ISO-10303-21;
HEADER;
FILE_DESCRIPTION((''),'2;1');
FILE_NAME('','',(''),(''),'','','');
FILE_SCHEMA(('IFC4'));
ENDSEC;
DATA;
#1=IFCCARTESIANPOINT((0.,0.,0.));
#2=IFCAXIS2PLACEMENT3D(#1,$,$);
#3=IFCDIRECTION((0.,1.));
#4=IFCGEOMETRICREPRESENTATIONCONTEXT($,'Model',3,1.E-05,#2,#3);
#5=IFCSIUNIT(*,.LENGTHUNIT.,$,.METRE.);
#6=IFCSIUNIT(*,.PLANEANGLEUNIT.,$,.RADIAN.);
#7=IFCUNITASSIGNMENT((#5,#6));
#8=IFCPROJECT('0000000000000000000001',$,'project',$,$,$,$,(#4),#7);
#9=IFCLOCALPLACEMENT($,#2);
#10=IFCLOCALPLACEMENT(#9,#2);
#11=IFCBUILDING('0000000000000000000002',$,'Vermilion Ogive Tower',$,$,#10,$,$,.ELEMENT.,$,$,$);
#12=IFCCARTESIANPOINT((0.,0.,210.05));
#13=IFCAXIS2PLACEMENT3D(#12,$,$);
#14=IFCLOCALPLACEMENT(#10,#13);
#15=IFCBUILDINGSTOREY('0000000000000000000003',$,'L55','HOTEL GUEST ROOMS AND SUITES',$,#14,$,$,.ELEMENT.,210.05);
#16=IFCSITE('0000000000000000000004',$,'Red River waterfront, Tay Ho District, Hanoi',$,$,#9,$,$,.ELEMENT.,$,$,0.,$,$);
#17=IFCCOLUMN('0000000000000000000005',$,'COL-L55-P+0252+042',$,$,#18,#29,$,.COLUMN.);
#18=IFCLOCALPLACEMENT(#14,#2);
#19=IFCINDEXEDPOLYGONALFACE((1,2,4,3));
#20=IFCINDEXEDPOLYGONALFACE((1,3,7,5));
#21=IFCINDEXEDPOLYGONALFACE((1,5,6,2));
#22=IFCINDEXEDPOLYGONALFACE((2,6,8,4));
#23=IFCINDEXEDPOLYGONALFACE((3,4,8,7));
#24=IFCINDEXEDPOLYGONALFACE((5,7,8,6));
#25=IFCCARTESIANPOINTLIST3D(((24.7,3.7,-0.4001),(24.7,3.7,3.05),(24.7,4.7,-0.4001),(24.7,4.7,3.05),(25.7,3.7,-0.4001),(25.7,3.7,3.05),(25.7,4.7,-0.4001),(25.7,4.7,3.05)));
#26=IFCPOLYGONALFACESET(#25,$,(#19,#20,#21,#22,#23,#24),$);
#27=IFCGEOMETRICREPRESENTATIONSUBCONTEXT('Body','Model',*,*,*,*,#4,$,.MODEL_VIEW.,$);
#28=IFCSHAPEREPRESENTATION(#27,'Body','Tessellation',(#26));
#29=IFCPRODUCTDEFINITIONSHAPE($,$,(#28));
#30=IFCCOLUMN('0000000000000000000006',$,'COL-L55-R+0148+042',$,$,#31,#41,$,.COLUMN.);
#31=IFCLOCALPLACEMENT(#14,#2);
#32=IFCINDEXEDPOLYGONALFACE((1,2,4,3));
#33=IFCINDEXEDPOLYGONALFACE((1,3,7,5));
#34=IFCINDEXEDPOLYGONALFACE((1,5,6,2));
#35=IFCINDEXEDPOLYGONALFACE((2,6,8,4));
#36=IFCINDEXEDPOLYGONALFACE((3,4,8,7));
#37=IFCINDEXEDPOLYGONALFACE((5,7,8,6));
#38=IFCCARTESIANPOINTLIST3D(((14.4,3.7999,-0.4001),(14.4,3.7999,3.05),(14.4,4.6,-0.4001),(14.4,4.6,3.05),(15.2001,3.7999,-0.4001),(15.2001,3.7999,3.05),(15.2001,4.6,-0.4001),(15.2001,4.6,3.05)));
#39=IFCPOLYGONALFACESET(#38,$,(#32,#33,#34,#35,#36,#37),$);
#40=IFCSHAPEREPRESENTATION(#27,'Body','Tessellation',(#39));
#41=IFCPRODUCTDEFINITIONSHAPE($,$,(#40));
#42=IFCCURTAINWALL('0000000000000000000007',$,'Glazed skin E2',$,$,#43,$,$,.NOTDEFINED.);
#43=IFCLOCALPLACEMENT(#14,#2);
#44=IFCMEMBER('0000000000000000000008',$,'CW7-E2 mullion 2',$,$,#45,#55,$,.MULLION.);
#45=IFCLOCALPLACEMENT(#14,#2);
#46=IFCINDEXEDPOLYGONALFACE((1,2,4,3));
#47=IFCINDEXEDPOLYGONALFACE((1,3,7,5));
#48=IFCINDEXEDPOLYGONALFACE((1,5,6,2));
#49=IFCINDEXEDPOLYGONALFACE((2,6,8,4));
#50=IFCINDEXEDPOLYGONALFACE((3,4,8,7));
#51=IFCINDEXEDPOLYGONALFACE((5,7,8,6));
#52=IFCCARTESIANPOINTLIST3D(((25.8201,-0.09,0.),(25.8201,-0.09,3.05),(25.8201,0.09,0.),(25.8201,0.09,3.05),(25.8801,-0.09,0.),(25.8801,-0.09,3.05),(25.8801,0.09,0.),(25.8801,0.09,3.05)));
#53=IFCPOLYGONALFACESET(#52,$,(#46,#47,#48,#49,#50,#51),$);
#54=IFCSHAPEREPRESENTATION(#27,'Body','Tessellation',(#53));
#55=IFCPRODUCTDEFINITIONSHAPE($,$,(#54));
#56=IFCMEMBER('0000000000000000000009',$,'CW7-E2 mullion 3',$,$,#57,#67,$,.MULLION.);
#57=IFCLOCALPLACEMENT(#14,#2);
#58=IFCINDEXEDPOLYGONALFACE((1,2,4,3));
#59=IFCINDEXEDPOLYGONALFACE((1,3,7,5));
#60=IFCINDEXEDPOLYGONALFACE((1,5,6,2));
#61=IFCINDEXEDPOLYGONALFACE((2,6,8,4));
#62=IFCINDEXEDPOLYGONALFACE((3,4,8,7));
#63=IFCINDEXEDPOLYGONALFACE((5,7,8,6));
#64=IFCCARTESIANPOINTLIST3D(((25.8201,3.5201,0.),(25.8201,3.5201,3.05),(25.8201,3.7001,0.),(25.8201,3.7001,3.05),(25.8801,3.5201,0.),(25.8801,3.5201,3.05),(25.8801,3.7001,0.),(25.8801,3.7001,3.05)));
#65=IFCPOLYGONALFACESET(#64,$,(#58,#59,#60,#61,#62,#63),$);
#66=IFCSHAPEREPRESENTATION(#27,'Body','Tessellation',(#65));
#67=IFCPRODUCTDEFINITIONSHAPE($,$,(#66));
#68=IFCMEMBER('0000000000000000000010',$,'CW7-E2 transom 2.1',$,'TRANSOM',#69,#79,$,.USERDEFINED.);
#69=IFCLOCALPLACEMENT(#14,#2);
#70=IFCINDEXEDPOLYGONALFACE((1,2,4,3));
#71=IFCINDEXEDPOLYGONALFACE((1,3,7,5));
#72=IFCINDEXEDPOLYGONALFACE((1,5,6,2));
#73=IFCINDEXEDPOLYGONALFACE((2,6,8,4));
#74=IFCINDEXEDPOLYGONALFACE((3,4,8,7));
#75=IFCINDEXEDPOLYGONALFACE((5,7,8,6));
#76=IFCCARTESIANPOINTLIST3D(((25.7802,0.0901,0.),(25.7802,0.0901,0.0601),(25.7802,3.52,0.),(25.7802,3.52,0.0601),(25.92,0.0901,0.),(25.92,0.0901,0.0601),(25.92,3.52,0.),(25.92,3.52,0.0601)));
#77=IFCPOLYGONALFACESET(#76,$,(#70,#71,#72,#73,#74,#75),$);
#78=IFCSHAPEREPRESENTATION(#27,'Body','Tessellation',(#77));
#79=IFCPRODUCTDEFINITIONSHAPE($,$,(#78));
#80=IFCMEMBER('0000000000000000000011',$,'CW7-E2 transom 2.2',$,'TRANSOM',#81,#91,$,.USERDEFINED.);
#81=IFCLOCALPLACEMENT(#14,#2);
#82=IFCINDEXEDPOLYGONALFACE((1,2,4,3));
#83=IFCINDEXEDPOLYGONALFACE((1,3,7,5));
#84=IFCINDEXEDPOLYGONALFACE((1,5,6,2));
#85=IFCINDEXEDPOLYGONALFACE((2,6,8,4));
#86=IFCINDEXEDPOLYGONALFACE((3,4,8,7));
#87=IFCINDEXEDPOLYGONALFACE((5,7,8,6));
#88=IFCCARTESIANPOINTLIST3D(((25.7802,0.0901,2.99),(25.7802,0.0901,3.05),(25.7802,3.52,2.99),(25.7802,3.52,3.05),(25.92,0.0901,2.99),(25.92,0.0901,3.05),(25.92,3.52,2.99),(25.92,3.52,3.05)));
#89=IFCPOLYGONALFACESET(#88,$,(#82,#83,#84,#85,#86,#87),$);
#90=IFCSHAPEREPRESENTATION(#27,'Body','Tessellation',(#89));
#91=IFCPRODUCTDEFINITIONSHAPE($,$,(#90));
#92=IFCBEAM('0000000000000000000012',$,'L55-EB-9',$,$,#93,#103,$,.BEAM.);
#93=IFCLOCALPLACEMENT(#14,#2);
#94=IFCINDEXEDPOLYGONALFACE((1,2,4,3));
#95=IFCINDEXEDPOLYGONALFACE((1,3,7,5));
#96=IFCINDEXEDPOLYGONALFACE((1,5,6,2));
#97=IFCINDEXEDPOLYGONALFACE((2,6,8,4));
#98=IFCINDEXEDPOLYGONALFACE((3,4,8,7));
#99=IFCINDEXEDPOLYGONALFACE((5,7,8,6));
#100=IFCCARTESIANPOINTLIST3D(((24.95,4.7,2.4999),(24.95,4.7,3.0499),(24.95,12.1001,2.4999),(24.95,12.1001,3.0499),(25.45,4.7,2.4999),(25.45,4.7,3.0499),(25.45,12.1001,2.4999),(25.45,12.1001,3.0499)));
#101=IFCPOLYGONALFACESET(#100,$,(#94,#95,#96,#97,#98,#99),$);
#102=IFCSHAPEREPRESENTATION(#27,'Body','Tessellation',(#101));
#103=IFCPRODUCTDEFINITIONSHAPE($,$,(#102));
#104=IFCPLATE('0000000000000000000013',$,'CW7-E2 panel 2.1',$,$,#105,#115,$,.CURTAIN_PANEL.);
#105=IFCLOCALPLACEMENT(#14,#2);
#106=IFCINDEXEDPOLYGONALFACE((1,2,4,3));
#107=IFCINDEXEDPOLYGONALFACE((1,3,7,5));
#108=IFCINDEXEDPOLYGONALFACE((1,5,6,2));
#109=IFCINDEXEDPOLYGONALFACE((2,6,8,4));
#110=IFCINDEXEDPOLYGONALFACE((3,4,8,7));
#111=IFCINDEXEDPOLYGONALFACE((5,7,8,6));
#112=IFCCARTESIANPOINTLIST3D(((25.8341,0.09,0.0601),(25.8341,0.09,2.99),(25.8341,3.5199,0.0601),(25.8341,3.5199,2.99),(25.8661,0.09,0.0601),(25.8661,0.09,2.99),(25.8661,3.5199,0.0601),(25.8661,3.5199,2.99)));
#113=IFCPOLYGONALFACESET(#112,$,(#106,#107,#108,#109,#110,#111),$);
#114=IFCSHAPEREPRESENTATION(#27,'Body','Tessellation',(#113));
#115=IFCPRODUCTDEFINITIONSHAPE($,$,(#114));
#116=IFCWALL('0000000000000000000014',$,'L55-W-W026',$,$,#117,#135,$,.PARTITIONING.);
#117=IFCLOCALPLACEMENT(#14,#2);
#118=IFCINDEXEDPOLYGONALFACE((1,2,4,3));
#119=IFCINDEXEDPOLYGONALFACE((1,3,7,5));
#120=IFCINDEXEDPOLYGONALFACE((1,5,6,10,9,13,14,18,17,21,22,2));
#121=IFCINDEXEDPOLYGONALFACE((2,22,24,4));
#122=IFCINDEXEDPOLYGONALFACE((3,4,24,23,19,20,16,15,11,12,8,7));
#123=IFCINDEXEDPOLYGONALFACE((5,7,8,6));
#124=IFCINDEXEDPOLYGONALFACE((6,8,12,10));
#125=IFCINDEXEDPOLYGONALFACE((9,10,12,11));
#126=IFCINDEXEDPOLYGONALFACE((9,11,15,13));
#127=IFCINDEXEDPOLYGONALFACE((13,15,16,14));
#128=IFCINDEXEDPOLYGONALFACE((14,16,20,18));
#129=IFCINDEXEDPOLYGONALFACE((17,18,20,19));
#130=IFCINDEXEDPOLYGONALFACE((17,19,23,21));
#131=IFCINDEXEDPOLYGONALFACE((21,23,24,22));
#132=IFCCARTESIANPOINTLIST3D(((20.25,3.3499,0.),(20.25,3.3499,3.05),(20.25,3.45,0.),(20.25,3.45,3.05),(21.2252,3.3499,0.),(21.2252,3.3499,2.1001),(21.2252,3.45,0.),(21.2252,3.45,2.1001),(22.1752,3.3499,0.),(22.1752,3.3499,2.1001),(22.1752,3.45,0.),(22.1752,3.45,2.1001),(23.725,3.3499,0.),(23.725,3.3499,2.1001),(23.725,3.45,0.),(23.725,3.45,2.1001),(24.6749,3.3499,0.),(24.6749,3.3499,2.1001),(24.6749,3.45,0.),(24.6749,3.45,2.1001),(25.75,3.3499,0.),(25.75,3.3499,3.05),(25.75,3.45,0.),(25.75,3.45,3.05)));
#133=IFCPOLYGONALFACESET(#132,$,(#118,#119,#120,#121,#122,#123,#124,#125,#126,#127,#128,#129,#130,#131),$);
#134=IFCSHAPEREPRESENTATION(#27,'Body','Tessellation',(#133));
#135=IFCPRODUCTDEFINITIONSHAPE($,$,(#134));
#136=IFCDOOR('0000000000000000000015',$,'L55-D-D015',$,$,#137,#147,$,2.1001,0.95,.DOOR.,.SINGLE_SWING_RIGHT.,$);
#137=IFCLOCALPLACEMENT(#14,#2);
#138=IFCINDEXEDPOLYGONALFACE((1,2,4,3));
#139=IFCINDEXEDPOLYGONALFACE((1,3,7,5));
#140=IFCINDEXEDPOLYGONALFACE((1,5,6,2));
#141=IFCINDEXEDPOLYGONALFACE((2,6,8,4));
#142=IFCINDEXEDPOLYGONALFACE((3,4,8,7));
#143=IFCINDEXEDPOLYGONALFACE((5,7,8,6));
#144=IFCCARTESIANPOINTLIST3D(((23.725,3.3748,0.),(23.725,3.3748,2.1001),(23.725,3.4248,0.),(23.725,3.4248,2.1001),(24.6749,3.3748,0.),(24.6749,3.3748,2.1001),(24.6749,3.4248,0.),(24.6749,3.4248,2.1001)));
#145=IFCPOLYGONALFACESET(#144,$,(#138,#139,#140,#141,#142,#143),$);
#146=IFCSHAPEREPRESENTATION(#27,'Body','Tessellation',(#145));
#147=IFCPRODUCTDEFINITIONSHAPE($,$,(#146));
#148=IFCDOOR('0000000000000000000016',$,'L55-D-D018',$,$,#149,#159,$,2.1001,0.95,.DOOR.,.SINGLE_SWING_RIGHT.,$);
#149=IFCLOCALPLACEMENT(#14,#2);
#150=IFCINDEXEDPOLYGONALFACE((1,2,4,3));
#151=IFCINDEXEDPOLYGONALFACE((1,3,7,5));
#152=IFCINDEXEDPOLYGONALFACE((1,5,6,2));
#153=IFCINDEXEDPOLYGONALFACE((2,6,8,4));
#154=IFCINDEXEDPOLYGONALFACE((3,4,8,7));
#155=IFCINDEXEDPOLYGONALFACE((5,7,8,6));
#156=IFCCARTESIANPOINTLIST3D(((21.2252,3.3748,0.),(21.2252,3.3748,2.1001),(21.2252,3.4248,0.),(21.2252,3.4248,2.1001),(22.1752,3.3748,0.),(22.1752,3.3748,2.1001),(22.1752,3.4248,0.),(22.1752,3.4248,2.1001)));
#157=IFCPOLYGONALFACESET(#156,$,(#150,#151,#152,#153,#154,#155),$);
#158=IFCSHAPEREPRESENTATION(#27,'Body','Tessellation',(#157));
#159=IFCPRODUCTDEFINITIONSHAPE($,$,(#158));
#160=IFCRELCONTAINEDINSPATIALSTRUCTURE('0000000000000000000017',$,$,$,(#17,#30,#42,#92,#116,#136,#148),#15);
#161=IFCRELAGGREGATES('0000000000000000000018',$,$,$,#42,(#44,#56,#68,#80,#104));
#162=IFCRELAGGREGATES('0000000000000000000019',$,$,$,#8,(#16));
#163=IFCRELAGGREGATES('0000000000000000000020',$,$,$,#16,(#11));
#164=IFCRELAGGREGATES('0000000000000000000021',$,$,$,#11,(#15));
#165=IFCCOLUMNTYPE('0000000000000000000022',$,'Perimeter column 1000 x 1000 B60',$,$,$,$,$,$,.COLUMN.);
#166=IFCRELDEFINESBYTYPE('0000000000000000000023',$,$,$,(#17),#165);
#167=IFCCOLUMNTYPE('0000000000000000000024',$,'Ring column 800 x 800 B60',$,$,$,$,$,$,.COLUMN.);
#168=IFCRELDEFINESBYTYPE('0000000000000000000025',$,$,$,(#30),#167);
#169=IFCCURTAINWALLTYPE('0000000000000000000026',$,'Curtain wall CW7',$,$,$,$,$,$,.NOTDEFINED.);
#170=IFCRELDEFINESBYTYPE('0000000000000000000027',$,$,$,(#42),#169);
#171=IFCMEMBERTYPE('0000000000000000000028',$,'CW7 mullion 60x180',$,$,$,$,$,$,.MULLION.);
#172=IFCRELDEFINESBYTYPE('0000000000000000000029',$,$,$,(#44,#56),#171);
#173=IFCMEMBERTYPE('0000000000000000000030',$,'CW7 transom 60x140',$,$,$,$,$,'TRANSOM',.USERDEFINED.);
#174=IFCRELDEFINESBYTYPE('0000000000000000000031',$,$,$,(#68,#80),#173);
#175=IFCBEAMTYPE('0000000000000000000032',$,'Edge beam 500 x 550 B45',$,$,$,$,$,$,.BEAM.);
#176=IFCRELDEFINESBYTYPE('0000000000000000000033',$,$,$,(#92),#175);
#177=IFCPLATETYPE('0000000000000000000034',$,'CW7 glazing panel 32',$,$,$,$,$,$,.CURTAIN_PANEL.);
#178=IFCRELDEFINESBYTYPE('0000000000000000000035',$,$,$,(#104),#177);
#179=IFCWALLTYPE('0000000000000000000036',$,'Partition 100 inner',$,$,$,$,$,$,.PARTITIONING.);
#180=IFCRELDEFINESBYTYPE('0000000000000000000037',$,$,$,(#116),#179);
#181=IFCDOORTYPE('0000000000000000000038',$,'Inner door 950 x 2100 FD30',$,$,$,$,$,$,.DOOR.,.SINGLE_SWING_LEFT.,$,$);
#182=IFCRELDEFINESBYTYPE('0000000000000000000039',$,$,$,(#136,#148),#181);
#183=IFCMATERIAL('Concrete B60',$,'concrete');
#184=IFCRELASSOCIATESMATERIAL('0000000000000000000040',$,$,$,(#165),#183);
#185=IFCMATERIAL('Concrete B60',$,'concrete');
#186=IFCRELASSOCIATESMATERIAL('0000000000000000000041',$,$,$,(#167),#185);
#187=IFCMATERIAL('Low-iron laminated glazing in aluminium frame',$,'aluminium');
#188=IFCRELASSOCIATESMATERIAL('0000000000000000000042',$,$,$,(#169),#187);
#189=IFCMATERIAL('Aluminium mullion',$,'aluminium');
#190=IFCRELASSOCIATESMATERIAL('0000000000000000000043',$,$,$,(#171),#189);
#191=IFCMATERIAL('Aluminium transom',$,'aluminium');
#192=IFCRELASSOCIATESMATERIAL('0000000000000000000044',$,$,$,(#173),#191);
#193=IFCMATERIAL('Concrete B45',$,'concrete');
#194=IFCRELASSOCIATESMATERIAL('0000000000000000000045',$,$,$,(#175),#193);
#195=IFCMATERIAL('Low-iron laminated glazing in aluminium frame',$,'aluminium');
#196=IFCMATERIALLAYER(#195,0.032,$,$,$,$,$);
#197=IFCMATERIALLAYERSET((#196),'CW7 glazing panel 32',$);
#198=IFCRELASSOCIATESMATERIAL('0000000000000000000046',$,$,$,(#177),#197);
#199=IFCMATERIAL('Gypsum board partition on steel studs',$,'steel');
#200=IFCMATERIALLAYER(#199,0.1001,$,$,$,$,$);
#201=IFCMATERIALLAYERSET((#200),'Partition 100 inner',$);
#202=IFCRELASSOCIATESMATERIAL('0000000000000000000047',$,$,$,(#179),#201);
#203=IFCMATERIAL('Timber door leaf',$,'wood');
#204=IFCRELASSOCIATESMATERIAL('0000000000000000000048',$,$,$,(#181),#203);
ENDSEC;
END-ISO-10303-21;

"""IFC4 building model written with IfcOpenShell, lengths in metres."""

from ifc_helpers import new_model, si_unit, direction, frame, frame_2d, origin, origin_2d, place, context, subcontext, project, spatial, rectangle, extrude, material, layer, layer_set, material_profile, profile_set, type_object, element, fill, aggregate, save


model = new_model("IFC4")

# Units and contexts
model_context = context("Model", 3, precision=1e-05, world=origin(), true_north=direction((0.0, 1.0)))
body_context = subcontext(model_context, "Body", "Model", "MODEL_VIEW")
ifc_project = project(units=[si_unit("LENGTHUNIT", "METRE"), si_unit("PLANEANGLEUNIT", "RADIAN")], contexts=[model_context])

# Site, building, storey
site_placement = place(None, origin())
site = spatial("IfcSite", under=ifc_project, at=site_placement, Name="Red River waterfront, Tay Ho District, Hanoi", CompositionType="ELEMENT", RefElevation=0.0)
building_placement = place(site_placement, origin())
building = spatial("IfcBuilding", under=site, at=building_placement, Name="Vermilion Ogive Tower", CompositionType="ELEMENT")
storey_placement = place(building_placement, frame((0.0, 0.0, 210.05)))
storey = spatial("IfcBuildingStorey", under=building, at=storey_placement, Name="L55", Description="HOTEL GUEST ROOMS AND SUITES", CompositionType="ELEMENT", Elevation=210.05)

# Columns
ifc_material_1 = material(Name="Concrete B60", Category="concrete")
ifc_material_profile_1 = material_profile(ifc_material_1, rectangle(XDim=1.0, YDim=1.0, at=origin_2d()), Name="1000 x 1000")
ifc_profile_set_1 = profile_set([ifc_material_profile_1], Name="Concrete B60")
column_type_1 = type_object("IfcColumnType", Name="Perimeter column 1000 x 1000 B60", PredefinedType="COLUMN", material=ifc_profile_set_1)
column_1_placement = place(storey_placement, frame((25.2, 4.2, -0.4001), z_axis=(0.0, 0.0, 1.0), x_axis=(1.0, 0.0, 0.0)))
element("IfcColumn", 1, at=column_1_placement, inside=storey, type_object=column_type_1, Name="COL-L55-P+0252+042", PredefinedType="COLUMN", context=body_context, shape_type="SweptSolid", body=[
    extrude(rectangle(XDim=1.0, YDim=1.0, at=origin_2d()), origin(), (0.0, 0.0, 1.0), 3.4502),
])
ifc_material_2 = material(Name="Concrete B60", Category="concrete")
ifc_material_profile_2 = material_profile(ifc_material_2, rectangle(XDim=0.8, YDim=0.8, at=origin_2d()), Name="800 x 800")
ifc_profile_set_2 = profile_set([ifc_material_profile_2], Name="Concrete B60")
column_type_2 = type_object("IfcColumnType", Name="Ring column 800 x 800 B60", PredefinedType="COLUMN", material=ifc_profile_set_2)
column_2_placement = place(storey_placement, frame((14.8, 4.2, -0.4001), z_axis=(0.0, 0.0, 1.0), x_axis=(1.0, 0.0, 0.0)))
element("IfcColumn", 2, at=column_2_placement, inside=storey, type_object=column_type_2, Name="COL-L55-R+0148+042", PredefinedType="COLUMN", context=body_context, shape_type="SweptSolid", body=[
    extrude(rectangle(XDim=0.8, YDim=0.8, at=origin_2d()), origin(), (0.0, 0.0, 1.0), 3.4502),
])

# Curtain wall, members
ifc_material_3 = material(Name="Low-iron laminated glazing in aluminium frame", Category="aluminium")
curtain_wall_type = type_object("IfcCurtainWallType", Name="Curtain wall CW7", PredefinedType="NOTDEFINED", material=ifc_material_3)
curtain_wall_placement = place(storey_placement, origin())
curtain_wall = element("IfcCurtainWall", 3, at=curtain_wall_placement, inside=storey, type_object=curtain_wall_type, Name="Glazed skin E2", PredefinedType="NOTDEFINED")
ifc_material_4 = material(Name="Aluminium mullion", Category="aluminium")
ifc_material_profile_3 = material_profile(ifc_material_4, rectangle(XDim=0.0601, YDim=0.1799, at=origin_2d()), Name="AL 60x180")
ifc_profile_set_3 = profile_set([ifc_material_profile_3], Name="Aluminium mullion")
member_type_1 = type_object("IfcMemberType", Name="CW7 mullion 60x180", PredefinedType="MULLION", material=ifc_profile_set_3)
member_1_placement = place(storey_placement, frame((25.8501, 0.0, 0.0), z_axis=(0.0, 0.0, 1.0), x_axis=(-1.0, 0.0, 0.0)))
member_1 = element("IfcMember", 4, at=member_1_placement, type_object=member_type_1, Name="CW7-E2 mullion 2", PredefinedType="MULLION", context=body_context, shape_type="SweptSolid", body=[
    extrude(rectangle(XDim=0.0601, YDim=0.1799, at=origin_2d()), origin(), (0.0, 0.0, 1.0), 3.05),
])
member_2_placement = place(storey_placement, frame((25.8501, 3.6101, 0.0), z_axis=(0.0, 0.0, 1.0), x_axis=(-1.0, 0.0, 0.0)))
member_2 = element("IfcMember", 5, at=member_2_placement, type_object=member_type_1, Name="CW7-E2 mullion 3", PredefinedType="MULLION", context=body_context, shape_type="SweptSolid", body=[
    extrude(rectangle(XDim=0.0601, YDim=0.1799, at=origin_2d()), origin(), (0.0, 0.0, 1.0), 3.05),
])
ifc_material_5 = material(Name="Aluminium transom", Category="aluminium")
ifc_material_profile_4 = material_profile(ifc_material_5, rectangle(XDim=0.1399, YDim=0.0601, at=origin_2d()), Name="AL 60x140")
ifc_profile_set_4 = profile_set([ifc_material_profile_4], Name="Aluminium transom")
member_type_2 = type_object("IfcMemberType", Name="CW7 transom 60x140", ElementType="TRANSOM", PredefinedType="USERDEFINED", material=ifc_profile_set_4)
member_3_placement = place(storey_placement, frame((25.8501, 0.0901, 0.03), z_axis=(0.0, 1.0, 0.0), x_axis=(-1.0, 0.0, 0.0)))
member_3 = element("IfcMember", 6, at=member_3_placement, type_object=member_type_2, Name="CW7-E2 transom 2.1", ObjectType="TRANSOM", PredefinedType="USERDEFINED", context=body_context, shape_type="SweptSolid", body=[
    extrude(rectangle(XDim=0.1399, YDim=0.0601, at=origin_2d()), origin(), (0.0, 0.0, 1.0), 3.4299),
])
member_4_placement = place(storey_placement, frame((25.8501, 0.0901, 3.02), z_axis=(0.0, 1.0, 0.0), x_axis=(-1.0, 0.0, 0.0)))
member_4 = element("IfcMember", 7, at=member_4_placement, type_object=member_type_2, Name="CW7-E2 transom 2.2", ObjectType="TRANSOM", PredefinedType="USERDEFINED", context=body_context, shape_type="SweptSolid", body=[
    extrude(rectangle(XDim=0.1399, YDim=0.0601, at=origin_2d()), origin(), (0.0, 0.0, 1.0), 3.4299),
])

# Beam
ifc_material_6 = material(Name="Concrete B45", Category="concrete")
ifc_material_profile_5 = material_profile(ifc_material_6, rectangle(XDim=0.5, YDim=0.55, at=origin_2d()), Name="500 x 550")
ifc_profile_set_5 = profile_set([ifc_material_profile_5], Name="Concrete B45")
beam_type = type_object("IfcBeamType", Name="Edge beam 500 x 550 B45", PredefinedType="BEAM", material=ifc_profile_set_5)
beam_placement = place(storey_placement, frame((25.2, 4.7, 2.7749), z_axis=(0.0, 1.0, 0.0), x_axis=(-1.0, 0.0, 0.0)))
element("IfcBeam", 8, at=beam_placement, inside=storey, type_object=beam_type, Name="L55-EB-9", PredefinedType="BEAM", context=body_context, shape_type="SweptSolid", body=[
    extrude(rectangle(XDim=0.5, YDim=0.55, at=origin_2d()), origin(), (0.0, 0.0, 1.0), 7.4001),
])

# Plate
ifc_material_7 = material(Name="Low-iron laminated glazing in aluminium frame", Category="aluminium")
ifc_layer_1 = layer(ifc_material_7, 0.032)
ifc_layer_set_1 = layer_set([ifc_layer_1], Name="CW7 glazing panel 32")
plate_type = type_object("IfcPlateType", Name="CW7 glazing panel 32", PredefinedType="CURTAIN_PANEL", material=ifc_layer_set_1)
plate_placement = place(storey_placement, frame((25.8501, 1.8049, 0.0601), z_axis=(0.0, 0.0, 1.0), x_axis=(0.0, 1.0, 0.0)))
plate = element("IfcPlate", 9, at=plate_placement, type_object=plate_type, Name="CW7-E2 panel 2.1", PredefinedType="CURTAIN_PANEL", context=body_context, shape_type="SweptSolid", body=[
    extrude(rectangle(XDim=3.4299, YDim=0.032, at=origin_2d()), origin(), (0.0, 0.0, 1.0), 2.9299),
])
aggregate(curtain_wall, [member_1, member_2, member_3, member_4, plate])

# Wall, openings, doors
ifc_material_8 = material(Name="Gypsum board partition on steel studs", Category="steel")
ifc_layer_2 = layer(ifc_material_8, 0.1001)
ifc_layer_set_2 = layer_set([ifc_layer_2], Name="Partition 100 inner")
wall_type_1 = type_object("IfcWallType", Name="Partition 100 inner", PredefinedType="PARTITIONING", material=ifc_layer_set_2)
wall_1_placement = place(storey_placement, frame((20.25, 3.3999, 0.0), z_axis=(0.0, 0.0, 1.0), x_axis=(1.0, 0.0, 0.0)))
wall_1 = element("IfcWall", 10, at=wall_1_placement, inside=storey, type_object=wall_type_1, Name="L55-W-W026", PredefinedType="PARTITIONING", context=body_context, shape_type="SweptSolid", body=[
    extrude(rectangle(XDim=5.5, YDim=0.1001, at=frame_2d((2.75, 0.0))), origin(), (0.0, 0.0, 1.0), 3.05),
])
opening_1_placement = place(wall_1_placement, frame((3.4749, 0.0, 0.0)))
opening_1 = element("IfcOpeningElement", 11, at=opening_1_placement, cuts=wall_1, PredefinedType="OPENING", context=body_context, shape_type="SweptSolid", body=[
    extrude(rectangle(XDim=0.95, YDim=2.1001, at=frame_2d((0.4751, 1.05))), frame((0.0, 0.0601, 0.0), z_axis=(0.0, -1.0, 0.0), x_axis=(1.0, 0.0, 0.0)), (0.0, 0.0, 1.0), 0.1201),
])
opening_2_placement = place(wall_1_placement, frame((0.9751, 0.0, 0.0)))
opening_2 = element("IfcOpeningElement", 12, at=opening_2_placement, cuts=wall_1, PredefinedType="OPENING", context=body_context, shape_type="SweptSolid", body=[
    extrude(rectangle(XDim=0.95, YDim=2.1001, at=frame_2d((0.4751, 1.05))), frame((0.0, 0.0601, 0.0), z_axis=(0.0, -1.0, 0.0), x_axis=(1.0, 0.0, 0.0)), (0.0, 0.0, 1.0), 0.1201),
])
ifc_material_9 = material(Name="Timber door leaf", Category="wood")
door_type_1 = type_object("IfcDoorType", Name="Inner door 950 x 2100 FD30", OperationType="SINGLE_SWING_LEFT", PredefinedType="DOOR", material=ifc_material_9)
door_1_placement = place(opening_1_placement, origin())
door_1 = element("IfcDoor", 13, at=door_1_placement, inside=storey, type_object=door_type_1, Name="L55-D-D015", OperationType="SINGLE_SWING_RIGHT", OverallHeight=2.1001, OverallWidth=0.95, PredefinedType="DOOR", context=body_context, shape_type="SweptSolid", body=[
    extrude(rectangle(XDim=0.95, YDim=2.1001, at=frame_2d((0.4751, 1.05))), frame((0.0, 0.0249, 0.0), z_axis=(0.0, -1.0, 0.0), x_axis=(1.0, 0.0, 0.0)), (0.0, 0.0, 1.0), 0.05),
])
fill(opening_1, door_1)
door_2_placement = place(opening_2_placement, origin())
door_2 = element("IfcDoor", 14, at=door_2_placement, inside=storey, type_object=door_type_1, Name="L55-D-D018", OperationType="SINGLE_SWING_RIGHT", OverallHeight=2.1001, OverallWidth=0.95, PredefinedType="DOOR", context=body_context, shape_type="SweptSolid", body=[
    extrude(rectangle(XDim=0.95, YDim=2.1001, at=frame_2d((0.4751, 1.05))), frame((0.0, 0.0249, 0.0), z_axis=(0.0, -1.0, 0.0), x_axis=(1.0, 0.0, 0.0)), (0.0, 0.0, 1.0), 0.05),
])
fill(opening_2, door_2)

save(model, "model.ifc")
